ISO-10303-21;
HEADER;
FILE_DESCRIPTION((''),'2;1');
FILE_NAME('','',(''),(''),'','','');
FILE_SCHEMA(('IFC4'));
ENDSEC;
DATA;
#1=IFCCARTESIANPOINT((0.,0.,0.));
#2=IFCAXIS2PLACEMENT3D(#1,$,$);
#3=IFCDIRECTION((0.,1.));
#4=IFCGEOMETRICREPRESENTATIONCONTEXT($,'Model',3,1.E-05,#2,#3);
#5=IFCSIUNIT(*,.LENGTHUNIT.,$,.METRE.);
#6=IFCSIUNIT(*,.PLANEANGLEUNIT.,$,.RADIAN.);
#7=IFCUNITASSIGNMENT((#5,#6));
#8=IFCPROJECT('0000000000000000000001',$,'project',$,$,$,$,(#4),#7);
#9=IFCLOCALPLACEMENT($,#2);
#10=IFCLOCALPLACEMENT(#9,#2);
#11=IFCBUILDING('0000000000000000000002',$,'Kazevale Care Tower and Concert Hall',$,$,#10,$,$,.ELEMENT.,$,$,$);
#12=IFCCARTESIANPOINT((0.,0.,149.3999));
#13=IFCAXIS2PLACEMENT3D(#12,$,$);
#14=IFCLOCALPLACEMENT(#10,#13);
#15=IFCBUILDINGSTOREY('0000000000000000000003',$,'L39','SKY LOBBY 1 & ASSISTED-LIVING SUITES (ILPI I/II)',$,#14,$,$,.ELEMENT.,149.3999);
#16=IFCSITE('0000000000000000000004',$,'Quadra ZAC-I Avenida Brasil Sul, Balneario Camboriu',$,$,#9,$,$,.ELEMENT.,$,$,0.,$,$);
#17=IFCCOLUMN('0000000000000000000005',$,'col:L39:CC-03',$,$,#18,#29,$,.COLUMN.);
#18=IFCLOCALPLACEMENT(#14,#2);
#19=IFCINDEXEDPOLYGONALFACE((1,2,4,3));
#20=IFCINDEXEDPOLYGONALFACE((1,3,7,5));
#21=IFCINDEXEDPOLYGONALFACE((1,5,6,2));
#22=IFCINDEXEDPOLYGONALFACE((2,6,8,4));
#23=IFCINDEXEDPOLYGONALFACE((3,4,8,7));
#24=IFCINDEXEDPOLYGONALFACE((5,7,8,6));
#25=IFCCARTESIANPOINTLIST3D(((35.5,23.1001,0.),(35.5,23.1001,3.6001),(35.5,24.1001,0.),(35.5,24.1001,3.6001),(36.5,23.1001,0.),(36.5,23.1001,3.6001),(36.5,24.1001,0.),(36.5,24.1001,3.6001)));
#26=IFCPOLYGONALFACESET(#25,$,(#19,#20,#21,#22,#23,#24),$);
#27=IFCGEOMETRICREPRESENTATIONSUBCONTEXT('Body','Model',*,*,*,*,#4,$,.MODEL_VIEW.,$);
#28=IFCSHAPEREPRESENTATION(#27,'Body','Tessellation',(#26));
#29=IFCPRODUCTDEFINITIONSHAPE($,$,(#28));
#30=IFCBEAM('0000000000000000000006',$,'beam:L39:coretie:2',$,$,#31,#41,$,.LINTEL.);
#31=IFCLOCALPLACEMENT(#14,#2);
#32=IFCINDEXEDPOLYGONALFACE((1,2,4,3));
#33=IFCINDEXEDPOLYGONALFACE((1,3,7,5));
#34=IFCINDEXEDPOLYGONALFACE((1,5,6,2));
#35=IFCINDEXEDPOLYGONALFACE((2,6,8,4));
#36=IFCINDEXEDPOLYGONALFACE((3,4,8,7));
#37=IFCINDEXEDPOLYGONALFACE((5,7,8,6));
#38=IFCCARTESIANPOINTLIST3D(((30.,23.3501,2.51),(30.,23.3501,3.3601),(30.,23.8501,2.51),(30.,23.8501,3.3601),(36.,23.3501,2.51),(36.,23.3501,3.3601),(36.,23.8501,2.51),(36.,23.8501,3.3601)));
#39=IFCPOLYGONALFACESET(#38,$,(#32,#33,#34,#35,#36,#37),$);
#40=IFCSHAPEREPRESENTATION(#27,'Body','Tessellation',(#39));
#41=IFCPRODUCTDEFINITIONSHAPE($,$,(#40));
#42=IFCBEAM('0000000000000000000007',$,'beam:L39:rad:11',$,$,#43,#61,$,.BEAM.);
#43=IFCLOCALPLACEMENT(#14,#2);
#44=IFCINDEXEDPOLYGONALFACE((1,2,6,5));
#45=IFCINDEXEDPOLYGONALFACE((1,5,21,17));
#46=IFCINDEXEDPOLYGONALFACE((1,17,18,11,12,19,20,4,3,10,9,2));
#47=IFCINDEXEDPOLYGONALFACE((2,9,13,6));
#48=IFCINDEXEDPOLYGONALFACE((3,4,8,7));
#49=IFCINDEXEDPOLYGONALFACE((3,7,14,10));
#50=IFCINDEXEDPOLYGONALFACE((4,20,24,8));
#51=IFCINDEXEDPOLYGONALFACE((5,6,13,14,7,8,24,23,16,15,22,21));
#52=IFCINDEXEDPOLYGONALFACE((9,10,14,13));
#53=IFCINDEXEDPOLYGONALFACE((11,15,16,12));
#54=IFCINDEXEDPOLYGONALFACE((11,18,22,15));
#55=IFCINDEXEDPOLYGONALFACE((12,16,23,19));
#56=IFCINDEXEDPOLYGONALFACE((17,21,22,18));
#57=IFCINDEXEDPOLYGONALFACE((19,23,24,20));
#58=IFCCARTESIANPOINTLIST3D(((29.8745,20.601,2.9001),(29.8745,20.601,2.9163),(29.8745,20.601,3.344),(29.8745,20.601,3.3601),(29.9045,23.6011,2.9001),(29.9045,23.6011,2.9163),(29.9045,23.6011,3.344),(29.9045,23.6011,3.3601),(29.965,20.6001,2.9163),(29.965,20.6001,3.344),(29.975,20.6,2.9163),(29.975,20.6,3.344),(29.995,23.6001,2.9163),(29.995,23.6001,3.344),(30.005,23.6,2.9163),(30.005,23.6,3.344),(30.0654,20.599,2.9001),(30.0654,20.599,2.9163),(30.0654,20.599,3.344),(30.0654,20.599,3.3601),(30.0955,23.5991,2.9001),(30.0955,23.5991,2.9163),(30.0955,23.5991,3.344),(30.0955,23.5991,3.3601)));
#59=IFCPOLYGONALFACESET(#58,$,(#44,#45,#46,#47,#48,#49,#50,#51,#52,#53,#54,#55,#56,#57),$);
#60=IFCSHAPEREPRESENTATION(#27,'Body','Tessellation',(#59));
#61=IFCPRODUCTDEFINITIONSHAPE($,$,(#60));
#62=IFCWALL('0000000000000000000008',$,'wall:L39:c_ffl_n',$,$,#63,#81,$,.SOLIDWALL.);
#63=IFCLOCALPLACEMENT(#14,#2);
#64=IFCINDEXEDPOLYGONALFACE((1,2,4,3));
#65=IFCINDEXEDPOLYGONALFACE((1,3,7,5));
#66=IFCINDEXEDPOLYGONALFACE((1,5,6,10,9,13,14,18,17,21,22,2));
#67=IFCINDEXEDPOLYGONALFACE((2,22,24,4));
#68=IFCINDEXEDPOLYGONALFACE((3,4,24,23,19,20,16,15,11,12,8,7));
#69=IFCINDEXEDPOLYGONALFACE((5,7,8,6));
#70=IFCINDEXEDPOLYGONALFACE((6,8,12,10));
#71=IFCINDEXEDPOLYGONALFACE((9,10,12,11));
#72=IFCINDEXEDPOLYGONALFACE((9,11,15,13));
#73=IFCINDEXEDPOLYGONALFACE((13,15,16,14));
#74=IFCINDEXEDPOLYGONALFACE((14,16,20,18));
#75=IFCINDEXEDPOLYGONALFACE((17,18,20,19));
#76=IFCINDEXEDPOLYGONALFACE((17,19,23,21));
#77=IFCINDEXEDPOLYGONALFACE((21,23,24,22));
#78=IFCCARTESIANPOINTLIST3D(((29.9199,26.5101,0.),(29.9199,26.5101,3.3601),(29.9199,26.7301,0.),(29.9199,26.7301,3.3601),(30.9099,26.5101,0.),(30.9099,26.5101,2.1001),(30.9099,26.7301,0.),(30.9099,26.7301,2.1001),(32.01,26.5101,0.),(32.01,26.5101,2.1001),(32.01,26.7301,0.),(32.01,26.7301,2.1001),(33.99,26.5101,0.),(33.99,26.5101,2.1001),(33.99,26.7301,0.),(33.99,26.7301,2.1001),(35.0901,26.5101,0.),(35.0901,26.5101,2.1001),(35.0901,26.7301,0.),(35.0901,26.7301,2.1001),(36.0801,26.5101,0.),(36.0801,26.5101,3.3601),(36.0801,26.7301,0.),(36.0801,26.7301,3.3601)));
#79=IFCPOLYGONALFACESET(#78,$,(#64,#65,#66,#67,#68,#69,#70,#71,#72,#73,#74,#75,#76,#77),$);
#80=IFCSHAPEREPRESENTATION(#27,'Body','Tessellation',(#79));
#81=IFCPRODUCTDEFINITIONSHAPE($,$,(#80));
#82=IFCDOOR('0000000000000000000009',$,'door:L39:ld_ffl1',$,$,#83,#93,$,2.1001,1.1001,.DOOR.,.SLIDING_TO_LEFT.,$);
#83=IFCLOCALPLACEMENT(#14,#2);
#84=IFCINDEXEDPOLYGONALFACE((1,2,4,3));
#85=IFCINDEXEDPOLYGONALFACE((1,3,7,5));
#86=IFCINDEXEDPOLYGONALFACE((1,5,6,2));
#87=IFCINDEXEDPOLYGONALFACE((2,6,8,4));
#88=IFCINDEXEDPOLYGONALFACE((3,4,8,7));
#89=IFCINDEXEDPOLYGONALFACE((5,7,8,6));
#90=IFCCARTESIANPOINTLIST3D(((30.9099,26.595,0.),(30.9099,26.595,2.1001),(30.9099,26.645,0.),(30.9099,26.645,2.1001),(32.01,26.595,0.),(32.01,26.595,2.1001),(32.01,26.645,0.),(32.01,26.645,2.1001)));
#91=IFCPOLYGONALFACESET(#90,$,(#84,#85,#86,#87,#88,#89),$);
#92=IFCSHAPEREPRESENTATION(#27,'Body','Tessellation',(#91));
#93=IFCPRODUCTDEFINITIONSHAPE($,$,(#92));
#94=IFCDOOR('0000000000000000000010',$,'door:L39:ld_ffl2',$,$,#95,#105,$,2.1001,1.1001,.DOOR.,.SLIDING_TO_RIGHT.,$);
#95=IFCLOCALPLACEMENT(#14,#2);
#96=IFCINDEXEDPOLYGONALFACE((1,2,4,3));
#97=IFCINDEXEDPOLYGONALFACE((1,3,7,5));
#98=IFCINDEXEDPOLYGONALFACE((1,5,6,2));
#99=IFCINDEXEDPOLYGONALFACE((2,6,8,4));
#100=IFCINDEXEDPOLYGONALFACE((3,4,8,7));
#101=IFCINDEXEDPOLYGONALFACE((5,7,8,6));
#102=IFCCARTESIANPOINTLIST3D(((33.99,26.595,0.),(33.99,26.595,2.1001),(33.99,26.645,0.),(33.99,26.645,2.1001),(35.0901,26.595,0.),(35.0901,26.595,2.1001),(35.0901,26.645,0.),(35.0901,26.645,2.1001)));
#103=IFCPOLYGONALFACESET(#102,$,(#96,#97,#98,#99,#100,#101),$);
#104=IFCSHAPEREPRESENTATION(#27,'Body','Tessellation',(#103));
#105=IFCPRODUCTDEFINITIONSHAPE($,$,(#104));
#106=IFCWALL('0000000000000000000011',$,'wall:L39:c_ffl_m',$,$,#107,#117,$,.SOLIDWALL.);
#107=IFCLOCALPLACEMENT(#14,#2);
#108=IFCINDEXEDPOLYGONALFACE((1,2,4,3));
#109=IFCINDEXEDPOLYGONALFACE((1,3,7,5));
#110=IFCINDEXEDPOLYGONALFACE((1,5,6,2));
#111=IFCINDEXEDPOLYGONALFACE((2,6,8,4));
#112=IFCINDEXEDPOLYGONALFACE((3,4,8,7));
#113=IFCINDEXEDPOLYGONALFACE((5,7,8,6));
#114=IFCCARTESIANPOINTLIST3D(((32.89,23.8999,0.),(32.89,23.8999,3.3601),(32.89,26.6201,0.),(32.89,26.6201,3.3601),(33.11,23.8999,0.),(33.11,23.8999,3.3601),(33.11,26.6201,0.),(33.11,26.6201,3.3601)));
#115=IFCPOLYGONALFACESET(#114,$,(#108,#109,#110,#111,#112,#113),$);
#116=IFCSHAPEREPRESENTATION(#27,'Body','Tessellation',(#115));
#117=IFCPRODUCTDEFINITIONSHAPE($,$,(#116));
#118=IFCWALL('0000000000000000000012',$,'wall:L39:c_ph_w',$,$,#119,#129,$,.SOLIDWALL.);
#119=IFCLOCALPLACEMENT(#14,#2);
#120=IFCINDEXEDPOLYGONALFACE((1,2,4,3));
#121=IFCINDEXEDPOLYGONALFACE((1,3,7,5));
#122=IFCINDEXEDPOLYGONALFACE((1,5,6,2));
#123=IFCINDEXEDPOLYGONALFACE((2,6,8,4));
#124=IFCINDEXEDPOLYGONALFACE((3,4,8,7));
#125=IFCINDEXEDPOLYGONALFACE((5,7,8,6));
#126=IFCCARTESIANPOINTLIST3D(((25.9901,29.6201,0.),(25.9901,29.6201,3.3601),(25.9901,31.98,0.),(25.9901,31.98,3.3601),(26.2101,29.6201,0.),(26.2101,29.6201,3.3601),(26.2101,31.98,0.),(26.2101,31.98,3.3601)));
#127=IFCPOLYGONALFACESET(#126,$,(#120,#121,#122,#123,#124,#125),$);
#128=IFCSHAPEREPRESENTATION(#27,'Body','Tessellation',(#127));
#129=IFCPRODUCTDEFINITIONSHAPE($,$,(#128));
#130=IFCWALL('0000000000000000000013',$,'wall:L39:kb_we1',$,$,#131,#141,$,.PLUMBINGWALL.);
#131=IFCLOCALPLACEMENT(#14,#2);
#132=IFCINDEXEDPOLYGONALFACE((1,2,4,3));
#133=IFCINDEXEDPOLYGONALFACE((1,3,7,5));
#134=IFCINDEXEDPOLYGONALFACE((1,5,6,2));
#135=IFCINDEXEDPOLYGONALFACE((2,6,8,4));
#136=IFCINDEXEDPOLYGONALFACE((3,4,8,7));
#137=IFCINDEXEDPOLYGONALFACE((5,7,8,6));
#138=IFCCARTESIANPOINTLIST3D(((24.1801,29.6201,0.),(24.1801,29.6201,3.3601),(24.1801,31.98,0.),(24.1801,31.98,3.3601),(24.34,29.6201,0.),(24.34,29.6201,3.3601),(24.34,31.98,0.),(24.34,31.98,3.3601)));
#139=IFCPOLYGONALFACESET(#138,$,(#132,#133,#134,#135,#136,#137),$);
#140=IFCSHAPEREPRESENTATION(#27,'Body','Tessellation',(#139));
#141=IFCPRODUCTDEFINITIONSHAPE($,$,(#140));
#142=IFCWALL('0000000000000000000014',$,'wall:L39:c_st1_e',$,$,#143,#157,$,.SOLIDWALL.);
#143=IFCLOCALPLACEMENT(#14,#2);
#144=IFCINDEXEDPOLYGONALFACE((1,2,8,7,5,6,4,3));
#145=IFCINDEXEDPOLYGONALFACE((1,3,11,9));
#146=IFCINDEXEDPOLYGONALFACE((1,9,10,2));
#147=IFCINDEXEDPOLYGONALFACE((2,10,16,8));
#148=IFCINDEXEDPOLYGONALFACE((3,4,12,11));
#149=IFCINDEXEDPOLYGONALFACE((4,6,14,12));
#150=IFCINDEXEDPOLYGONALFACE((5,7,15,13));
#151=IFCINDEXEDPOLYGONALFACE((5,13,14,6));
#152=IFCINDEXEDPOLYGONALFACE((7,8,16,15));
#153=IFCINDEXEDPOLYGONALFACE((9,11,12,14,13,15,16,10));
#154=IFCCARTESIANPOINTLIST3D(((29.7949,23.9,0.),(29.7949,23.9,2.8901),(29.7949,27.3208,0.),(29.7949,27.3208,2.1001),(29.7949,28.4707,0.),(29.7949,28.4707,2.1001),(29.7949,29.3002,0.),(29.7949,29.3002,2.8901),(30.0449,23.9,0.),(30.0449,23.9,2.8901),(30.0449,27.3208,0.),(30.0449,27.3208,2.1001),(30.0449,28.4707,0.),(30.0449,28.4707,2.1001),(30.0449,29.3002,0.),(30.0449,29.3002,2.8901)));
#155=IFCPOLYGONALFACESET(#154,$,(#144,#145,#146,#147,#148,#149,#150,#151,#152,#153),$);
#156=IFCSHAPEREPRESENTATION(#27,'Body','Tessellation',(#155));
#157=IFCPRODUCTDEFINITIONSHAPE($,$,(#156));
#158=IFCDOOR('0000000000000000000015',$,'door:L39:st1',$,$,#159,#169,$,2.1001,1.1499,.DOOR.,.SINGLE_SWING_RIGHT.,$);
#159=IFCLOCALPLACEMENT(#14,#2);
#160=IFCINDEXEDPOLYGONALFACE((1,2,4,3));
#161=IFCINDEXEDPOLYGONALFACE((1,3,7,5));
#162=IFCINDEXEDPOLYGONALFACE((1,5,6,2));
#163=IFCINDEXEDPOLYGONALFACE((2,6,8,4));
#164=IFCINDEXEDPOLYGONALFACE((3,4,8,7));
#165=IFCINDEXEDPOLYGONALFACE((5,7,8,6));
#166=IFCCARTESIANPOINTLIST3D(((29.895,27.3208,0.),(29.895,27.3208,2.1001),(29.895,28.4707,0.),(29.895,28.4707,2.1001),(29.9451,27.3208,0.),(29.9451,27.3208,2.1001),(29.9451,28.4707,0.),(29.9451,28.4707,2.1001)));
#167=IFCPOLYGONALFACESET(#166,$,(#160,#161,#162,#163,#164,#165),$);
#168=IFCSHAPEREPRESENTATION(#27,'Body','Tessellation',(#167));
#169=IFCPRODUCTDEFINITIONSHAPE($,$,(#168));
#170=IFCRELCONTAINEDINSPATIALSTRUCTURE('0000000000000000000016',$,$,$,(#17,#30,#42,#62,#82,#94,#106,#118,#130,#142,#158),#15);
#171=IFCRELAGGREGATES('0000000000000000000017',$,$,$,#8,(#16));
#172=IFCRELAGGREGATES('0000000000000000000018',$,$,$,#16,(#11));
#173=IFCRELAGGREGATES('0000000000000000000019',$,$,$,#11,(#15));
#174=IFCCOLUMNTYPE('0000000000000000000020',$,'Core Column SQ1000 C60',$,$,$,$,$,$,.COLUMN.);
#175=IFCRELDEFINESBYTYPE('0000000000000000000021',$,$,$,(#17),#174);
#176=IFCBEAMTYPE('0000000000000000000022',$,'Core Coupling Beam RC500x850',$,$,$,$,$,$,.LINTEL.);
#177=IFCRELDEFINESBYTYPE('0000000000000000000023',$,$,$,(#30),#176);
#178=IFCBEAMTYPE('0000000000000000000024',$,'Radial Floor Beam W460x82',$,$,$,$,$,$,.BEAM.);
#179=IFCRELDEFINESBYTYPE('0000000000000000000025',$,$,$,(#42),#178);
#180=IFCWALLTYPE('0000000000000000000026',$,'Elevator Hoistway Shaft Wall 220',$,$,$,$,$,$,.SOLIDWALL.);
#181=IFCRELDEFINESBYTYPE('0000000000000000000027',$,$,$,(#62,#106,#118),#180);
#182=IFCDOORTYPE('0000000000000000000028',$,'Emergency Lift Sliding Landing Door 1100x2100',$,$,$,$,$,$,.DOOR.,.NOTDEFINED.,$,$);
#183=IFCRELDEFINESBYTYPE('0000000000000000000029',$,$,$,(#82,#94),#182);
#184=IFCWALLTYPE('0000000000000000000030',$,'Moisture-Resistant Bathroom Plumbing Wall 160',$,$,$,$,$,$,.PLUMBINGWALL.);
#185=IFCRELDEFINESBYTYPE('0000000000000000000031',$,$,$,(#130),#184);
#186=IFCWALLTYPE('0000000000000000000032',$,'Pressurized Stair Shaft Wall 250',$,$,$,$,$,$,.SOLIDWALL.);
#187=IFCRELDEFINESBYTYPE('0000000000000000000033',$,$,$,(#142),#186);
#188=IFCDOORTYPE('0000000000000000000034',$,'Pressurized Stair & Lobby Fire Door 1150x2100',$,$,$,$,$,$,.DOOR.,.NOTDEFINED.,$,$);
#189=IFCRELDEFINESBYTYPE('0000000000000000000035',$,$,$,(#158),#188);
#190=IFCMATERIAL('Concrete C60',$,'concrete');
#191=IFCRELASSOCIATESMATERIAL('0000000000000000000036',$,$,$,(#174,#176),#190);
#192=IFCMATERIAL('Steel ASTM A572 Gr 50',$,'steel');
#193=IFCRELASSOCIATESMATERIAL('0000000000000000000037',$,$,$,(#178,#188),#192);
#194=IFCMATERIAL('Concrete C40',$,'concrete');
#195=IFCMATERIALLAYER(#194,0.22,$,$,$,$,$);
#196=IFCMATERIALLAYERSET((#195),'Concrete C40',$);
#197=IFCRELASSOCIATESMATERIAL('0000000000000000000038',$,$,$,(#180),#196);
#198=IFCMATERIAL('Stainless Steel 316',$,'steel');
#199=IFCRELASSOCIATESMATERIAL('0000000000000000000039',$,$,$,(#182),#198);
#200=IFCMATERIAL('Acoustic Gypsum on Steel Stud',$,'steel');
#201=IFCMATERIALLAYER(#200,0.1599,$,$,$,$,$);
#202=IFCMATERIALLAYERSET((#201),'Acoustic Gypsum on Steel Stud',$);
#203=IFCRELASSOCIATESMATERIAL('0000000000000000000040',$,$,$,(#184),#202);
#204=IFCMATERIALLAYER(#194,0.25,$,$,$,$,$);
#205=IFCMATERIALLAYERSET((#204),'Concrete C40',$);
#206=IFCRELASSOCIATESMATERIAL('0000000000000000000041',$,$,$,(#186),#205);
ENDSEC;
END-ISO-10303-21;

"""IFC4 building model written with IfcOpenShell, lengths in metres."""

from ifc_helpers import new_model, si_unit, direction, frame, frame_2d, origin, origin_2d, place, context, subcontext, project, spatial, rectangle, i_section, extrude, material, layer, layer_set, material_profile, profile_set, type_object, element, fill, save


model = new_model("IFC4")

# Units and contexts
model_context = context("Model", 3, precision=1e-05, world=origin(), true_north=direction((0.0, 1.0)))
body_context = subcontext(model_context, "Body", "Model", "MODEL_VIEW")
ifc_project = project(units=[si_unit("LENGTHUNIT", "METRE"), si_unit("PLANEANGLEUNIT", "RADIAN")], contexts=[model_context])

# Site, building, storey
site_placement = place(None, origin())
site = spatial("IfcSite", under=ifc_project, at=site_placement, Name="Quadra ZAC-I Avenida Brasil Sul, Balneario Camboriu", CompositionType="ELEMENT", RefElevation=0.0)
building_placement = place(site_placement, origin())
building = spatial("IfcBuilding", under=site, at=building_placement, Name="Kazevale Care Tower and Concert Hall", CompositionType="ELEMENT")
storey_placement = place(building_placement, frame((0.0, 0.0, 149.3999)))
storey = spatial("IfcBuildingStorey", under=building, at=storey_placement, Name="L39", Description="SKY LOBBY 1 & ASSISTED-LIVING SUITES (ILPI I/II)", CompositionType="ELEMENT", Elevation=149.3999)

# Column
ifc_material_1 = material(Name="Concrete C60", Category="concrete")
ifc_material_profile_1 = material_profile(ifc_material_1, rectangle(XDim=1.0, YDim=1.0, at=origin_2d()), Name="RC-SQ1000")
ifc_profile_set_1 = profile_set([ifc_material_profile_1], Name="Concrete C60")
column_type = type_object("IfcColumnType", Name="Core Column SQ1000 C60", PredefinedType="COLUMN", material=ifc_profile_set_1)
column_placement = place(storey_placement, frame((36.0, 23.6001, 0.0), z_axis=(0.0, 0.0, 1.0), x_axis=(1.0, 0.0, 0.0)))
element("IfcColumn", 1, at=column_placement, inside=storey, type_object=column_type, Name="col:L39:CC-03", PredefinedType="COLUMN", context=body_context, shape_type="SweptSolid", body=[
    extrude(rectangle(XDim=1.0, YDim=1.0, at=origin_2d()), origin(), (0.0, 0.0, 1.0), 3.6001),
])

# Beams
ifc_material_profile_2 = material_profile(ifc_material_1, rectangle(XDim=0.5, YDim=0.8501, at=origin_2d()), Name="RC-B500x850")
ifc_profile_set_2 = profile_set([ifc_material_profile_2], Name="Concrete C60")
beam_type_1 = type_object("IfcBeamType", Name="Core Coupling Beam RC500x850", PredefinedType="LINTEL", material=ifc_profile_set_2)
beam_1_placement = place(storey_placement, frame((30.0, 23.6001, 2.9351), z_axis=(1.0, 0.0, 0.0), x_axis=(0.0, 1.0, 0.0)))
element("IfcBeam", 2, at=beam_1_placement, inside=storey, type_object=beam_type_1, Name="beam:L39:coretie:2", PredefinedType="LINTEL", context=body_context, shape_type="SweptSolid", body=[
    extrude(rectangle(XDim=0.5, YDim=0.8501, at=origin_2d()), origin(), (0.0, 0.0, 1.0), 6.0),
])
ifc_material_2 = material(Name="Steel ASTM A572 Gr 50", Category="steel")
ifc_material_profile_3 = material_profile(ifc_material_2, i_section(OverallWidth=0.1909, OverallDepth=0.46, WebThickness=0.01, FlangeThickness=0.0161, at=origin_2d()), Name="W460x82")
ifc_profile_set_3 = profile_set([ifc_material_profile_3], Name="Steel ASTM A572 Gr 50")
beam_type_2 = type_object("IfcBeamType", Name="Radial Floor Beam W460x82", PredefinedType="BEAM", material=ifc_profile_set_3)
beam_2_placement = place(storey_placement, frame((30.0, 23.6001, 3.1301), z_axis=(-0.010009, -0.99995, 0.0), x_axis=(0.99995, -0.010009, 0.0)))
element("IfcBeam", 3, at=beam_2_placement, inside=storey, type_object=beam_type_2, Name="beam:L39:rad:11", PredefinedType="BEAM", context=body_context, shape_type="SweptSolid", body=[
    extrude(i_section(OverallWidth=0.1909, OverallDepth=0.46, WebThickness=0.01, FlangeThickness=0.0161, at=origin_2d()), origin(), (0.0, 0.0, 1.0), 3.0002),
])

# Wall, openings, doors
ifc_material_3 = material(Name="Concrete C40", Category="concrete")
ifc_layer_1 = layer(ifc_material_3, 0.22)
ifc_layer_set_1 = layer_set([ifc_layer_1], Name="Concrete C40")
wall_type_1 = type_object("IfcWallType", Name="Elevator Hoistway Shaft Wall 220", PredefinedType="SOLIDWALL", material=ifc_layer_set_1)
wall_1_placement = place(storey_placement, frame((29.9199, 26.6201, 0.0), z_axis=(0.0, 0.0, 1.0), x_axis=(1.0, 0.0, 0.0)))
wall_1 = element("IfcWall", 4, at=wall_1_placement, inside=storey, type_object=wall_type_1, Name="wall:L39:c_ffl_n", PredefinedType="SOLIDWALL", context=body_context, shape_type="SweptSolid", body=[
    extrude(rectangle(XDim=6.1602, YDim=0.22, at=frame_2d((3.0801, 0.0))), origin(), (0.0, 0.0, 1.0), 3.3601),
])
opening_1_placement = place(wall_1_placement, frame((0.99, 0.0, 0.0)))
opening_1 = element("IfcOpeningElement", 5, at=opening_1_placement, cuts=wall_1, PredefinedType="OPENING", context=body_context, shape_type="SweptSolid", body=[
    extrude(rectangle(XDim=1.1001, YDim=2.1001, at=frame_2d((0.55, 1.05))), frame((0.0, 0.1199, 0.0), z_axis=(0.0, -1.0, 0.0), x_axis=(1.0, 0.0, 0.0)), (0.0, 0.0, 1.0), 0.24),
])
opening_2_placement = place(wall_1_placement, frame((4.0701, 0.0, 0.0)))
opening_2 = element("IfcOpeningElement", 6, at=opening_2_placement, cuts=wall_1, PredefinedType="OPENING", context=body_context, shape_type="SweptSolid", body=[
    extrude(rectangle(XDim=1.1001, YDim=2.1001, at=frame_2d((0.55, 1.05))), frame((0.0, 0.1199, 0.0), z_axis=(0.0, -1.0, 0.0), x_axis=(1.0, 0.0, 0.0)), (0.0, 0.0, 1.0), 0.24),
])
ifc_material_4 = material(Name="Stainless Steel 316", Category="steel")
door_type_1 = type_object("IfcDoorType", Name="Emergency Lift Sliding Landing Door 1100x2100", OperationType="NOTDEFINED", PredefinedType="DOOR", material=ifc_material_4)
door_1_placement = place(opening_1_placement, origin())
door_1 = element("IfcDoor", 7, at=door_1_placement, inside=storey, type_object=door_type_1, Name="door:L39:ld_ffl1", OperationType="SLIDING_TO_LEFT", OverallHeight=2.1001, OverallWidth=1.1001, PredefinedType="DOOR", context=body_context, shape_type="SweptSolid", body=[
    extrude(rectangle(XDim=1.1001, YDim=2.1001, at=frame_2d((0.55, 1.05))), frame((0.0, 0.0249, 0.0), z_axis=(0.0, -1.0, 0.0), x_axis=(1.0, 0.0, 0.0)), (0.0, 0.0, 1.0), 0.05),
])
fill(opening_1, door_1)
door_2_placement = place(opening_2_placement, origin())
door_2 = element("IfcDoor", 8, at=door_2_placement, inside=storey, type_object=door_type_1, Name="door:L39:ld_ffl2", OperationType="SLIDING_TO_RIGHT", OverallHeight=2.1001, OverallWidth=1.1001, PredefinedType="DOOR", context=body_context, shape_type="SweptSolid", body=[
    extrude(rectangle(XDim=1.1001, YDim=2.1001, at=frame_2d((0.55, 1.05))), frame((0.0, 0.0249, 0.0), z_axis=(0.0, -1.0, 0.0), x_axis=(1.0, 0.0, 0.0)), (0.0, 0.0, 1.0), 0.05),
])
fill(opening_2, door_2)

# Walls
wall_2_placement = place(storey_placement, frame((33.0, 23.8999, 0.0), z_axis=(0.0, 0.0, 1.0), x_axis=(0.0, 1.0, 0.0)))
element("IfcWall", 9, at=wall_2_placement, inside=storey, type_object=wall_type_1, Name="wall:L39:c_ffl_m", PredefinedType="SOLIDWALL", context=body_context, shape_type="SweptSolid", body=[
    extrude(rectangle(XDim=2.7202, YDim=0.22, at=frame_2d((1.3601, 0.0))), origin(), (0.0, 0.0, 1.0), 3.3601),
])
wall_3_placement = place(storey_placement, frame((26.1001, 29.6201, 0.0), z_axis=(0.0, 0.0, 1.0), x_axis=(0.0, 1.0, 0.0)))
element("IfcWall", 10, at=wall_3_placement, inside=storey, type_object=wall_type_1, Name="wall:L39:c_ph_w", PredefinedType="SOLIDWALL", context=body_context, shape_type="SweptSolid", body=[
    extrude(rectangle(XDim=2.3599, YDim=0.22, at=frame_2d((1.1799, 0.0))), origin(), (0.0, 0.0, 1.0), 3.3601),
])
ifc_material_5 = material(Name="Acoustic Gypsum on Steel Stud", Category="steel")
ifc_layer_2 = layer(ifc_material_5, 0.1599)
ifc_layer_set_2 = layer_set([ifc_layer_2], Name="Acoustic Gypsum on Steel Stud")
wall_type_2 = type_object("IfcWallType", Name="Moisture-Resistant Bathroom Plumbing Wall 160", PredefinedType="PLUMBINGWALL", material=ifc_layer_set_2)
wall_4_placement = place(storey_placement, frame((24.26, 29.6201, 0.0), z_axis=(0.0, 0.0, 1.0), x_axis=(0.0, 1.0, 0.0)))
element("IfcWall", 11, at=wall_4_placement, inside=storey, type_object=wall_type_2, Name="wall:L39:kb_we1", PredefinedType="PLUMBINGWALL", context=body_context, shape_type="SweptSolid", body=[
    extrude(rectangle(XDim=2.3599, YDim=0.1599, at=frame_2d((1.1799, 0.0))), origin(), (0.0, 0.0, 1.0), 3.3601),
])

# Wall, opening, door
ifc_layer_3 = layer(ifc_material_3, 0.25)
ifc_layer_set_3 = layer_set([ifc_layer_3], Name="Concrete C40")
wall_type_3 = type_object("IfcWallType", Name="Pressurized Stair Shaft Wall 250", PredefinedType="SOLIDWALL", material=ifc_layer_set_3)
wall_5_placement = place(storey_placement, frame((29.9199, 23.8999, 0.0), z_axis=(0.0, 0.0, 1.0), x_axis=(0.0, 1.0, 0.0)))
wall_5 = element("IfcWall", 12, at=wall_5_placement, inside=storey, type_object=wall_type_3, Name="wall:L39:c_st1_e", PredefinedType="SOLIDWALL", context=body_context, shape_type="SweptSolid", body=[
    extrude(rectangle(XDim=5.4001, YDim=0.25, at=frame_2d((2.7002, 0.0))), origin(), (0.0, 0.0, 1.0), 2.8901),
])
opening_3_placement = place(wall_5_placement, frame((3.4209, 0.0, 0.0)))
opening_3 = element("IfcOpeningElement", 13, at=opening_3_placement, cuts=wall_5, PredefinedType="OPENING", context=body_context, shape_type="SweptSolid", body=[
    extrude(rectangle(XDim=1.1499, YDim=2.1001, at=frame_2d((0.575, 1.05))), frame((0.0, 0.135, 0.0), z_axis=(0.0, -1.0, 0.0), x_axis=(1.0, 0.0, 0.0)), (0.0, 0.0, 1.0), 0.27),
])
door_type_2 = type_object("IfcDoorType", Name="Pressurized Stair & Lobby Fire Door 1150x2100", OperationType="NOTDEFINED", PredefinedType="DOOR", material=ifc_material_2)
door_3_placement = place(opening_3_placement, origin())
door_3 = element("IfcDoor", 14, at=door_3_placement, inside=storey, type_object=door_type_2, Name="door:L39:st1", OperationType="SINGLE_SWING_RIGHT", OverallHeight=2.1001, OverallWidth=1.1499, PredefinedType="DOOR", context=body_context, shape_type="SweptSolid", body=[
    extrude(rectangle(XDim=1.1499, YDim=2.1001, at=frame_2d((0.575, 1.05))), frame((0.0, 0.0249, 0.0), z_axis=(0.0, -1.0, 0.0), x_axis=(1.0, 0.0, 0.0)), (0.0, 0.0, 1.0), 0.05),
])
fill(opening_3, door_3)

save(model, "model.ifc")
